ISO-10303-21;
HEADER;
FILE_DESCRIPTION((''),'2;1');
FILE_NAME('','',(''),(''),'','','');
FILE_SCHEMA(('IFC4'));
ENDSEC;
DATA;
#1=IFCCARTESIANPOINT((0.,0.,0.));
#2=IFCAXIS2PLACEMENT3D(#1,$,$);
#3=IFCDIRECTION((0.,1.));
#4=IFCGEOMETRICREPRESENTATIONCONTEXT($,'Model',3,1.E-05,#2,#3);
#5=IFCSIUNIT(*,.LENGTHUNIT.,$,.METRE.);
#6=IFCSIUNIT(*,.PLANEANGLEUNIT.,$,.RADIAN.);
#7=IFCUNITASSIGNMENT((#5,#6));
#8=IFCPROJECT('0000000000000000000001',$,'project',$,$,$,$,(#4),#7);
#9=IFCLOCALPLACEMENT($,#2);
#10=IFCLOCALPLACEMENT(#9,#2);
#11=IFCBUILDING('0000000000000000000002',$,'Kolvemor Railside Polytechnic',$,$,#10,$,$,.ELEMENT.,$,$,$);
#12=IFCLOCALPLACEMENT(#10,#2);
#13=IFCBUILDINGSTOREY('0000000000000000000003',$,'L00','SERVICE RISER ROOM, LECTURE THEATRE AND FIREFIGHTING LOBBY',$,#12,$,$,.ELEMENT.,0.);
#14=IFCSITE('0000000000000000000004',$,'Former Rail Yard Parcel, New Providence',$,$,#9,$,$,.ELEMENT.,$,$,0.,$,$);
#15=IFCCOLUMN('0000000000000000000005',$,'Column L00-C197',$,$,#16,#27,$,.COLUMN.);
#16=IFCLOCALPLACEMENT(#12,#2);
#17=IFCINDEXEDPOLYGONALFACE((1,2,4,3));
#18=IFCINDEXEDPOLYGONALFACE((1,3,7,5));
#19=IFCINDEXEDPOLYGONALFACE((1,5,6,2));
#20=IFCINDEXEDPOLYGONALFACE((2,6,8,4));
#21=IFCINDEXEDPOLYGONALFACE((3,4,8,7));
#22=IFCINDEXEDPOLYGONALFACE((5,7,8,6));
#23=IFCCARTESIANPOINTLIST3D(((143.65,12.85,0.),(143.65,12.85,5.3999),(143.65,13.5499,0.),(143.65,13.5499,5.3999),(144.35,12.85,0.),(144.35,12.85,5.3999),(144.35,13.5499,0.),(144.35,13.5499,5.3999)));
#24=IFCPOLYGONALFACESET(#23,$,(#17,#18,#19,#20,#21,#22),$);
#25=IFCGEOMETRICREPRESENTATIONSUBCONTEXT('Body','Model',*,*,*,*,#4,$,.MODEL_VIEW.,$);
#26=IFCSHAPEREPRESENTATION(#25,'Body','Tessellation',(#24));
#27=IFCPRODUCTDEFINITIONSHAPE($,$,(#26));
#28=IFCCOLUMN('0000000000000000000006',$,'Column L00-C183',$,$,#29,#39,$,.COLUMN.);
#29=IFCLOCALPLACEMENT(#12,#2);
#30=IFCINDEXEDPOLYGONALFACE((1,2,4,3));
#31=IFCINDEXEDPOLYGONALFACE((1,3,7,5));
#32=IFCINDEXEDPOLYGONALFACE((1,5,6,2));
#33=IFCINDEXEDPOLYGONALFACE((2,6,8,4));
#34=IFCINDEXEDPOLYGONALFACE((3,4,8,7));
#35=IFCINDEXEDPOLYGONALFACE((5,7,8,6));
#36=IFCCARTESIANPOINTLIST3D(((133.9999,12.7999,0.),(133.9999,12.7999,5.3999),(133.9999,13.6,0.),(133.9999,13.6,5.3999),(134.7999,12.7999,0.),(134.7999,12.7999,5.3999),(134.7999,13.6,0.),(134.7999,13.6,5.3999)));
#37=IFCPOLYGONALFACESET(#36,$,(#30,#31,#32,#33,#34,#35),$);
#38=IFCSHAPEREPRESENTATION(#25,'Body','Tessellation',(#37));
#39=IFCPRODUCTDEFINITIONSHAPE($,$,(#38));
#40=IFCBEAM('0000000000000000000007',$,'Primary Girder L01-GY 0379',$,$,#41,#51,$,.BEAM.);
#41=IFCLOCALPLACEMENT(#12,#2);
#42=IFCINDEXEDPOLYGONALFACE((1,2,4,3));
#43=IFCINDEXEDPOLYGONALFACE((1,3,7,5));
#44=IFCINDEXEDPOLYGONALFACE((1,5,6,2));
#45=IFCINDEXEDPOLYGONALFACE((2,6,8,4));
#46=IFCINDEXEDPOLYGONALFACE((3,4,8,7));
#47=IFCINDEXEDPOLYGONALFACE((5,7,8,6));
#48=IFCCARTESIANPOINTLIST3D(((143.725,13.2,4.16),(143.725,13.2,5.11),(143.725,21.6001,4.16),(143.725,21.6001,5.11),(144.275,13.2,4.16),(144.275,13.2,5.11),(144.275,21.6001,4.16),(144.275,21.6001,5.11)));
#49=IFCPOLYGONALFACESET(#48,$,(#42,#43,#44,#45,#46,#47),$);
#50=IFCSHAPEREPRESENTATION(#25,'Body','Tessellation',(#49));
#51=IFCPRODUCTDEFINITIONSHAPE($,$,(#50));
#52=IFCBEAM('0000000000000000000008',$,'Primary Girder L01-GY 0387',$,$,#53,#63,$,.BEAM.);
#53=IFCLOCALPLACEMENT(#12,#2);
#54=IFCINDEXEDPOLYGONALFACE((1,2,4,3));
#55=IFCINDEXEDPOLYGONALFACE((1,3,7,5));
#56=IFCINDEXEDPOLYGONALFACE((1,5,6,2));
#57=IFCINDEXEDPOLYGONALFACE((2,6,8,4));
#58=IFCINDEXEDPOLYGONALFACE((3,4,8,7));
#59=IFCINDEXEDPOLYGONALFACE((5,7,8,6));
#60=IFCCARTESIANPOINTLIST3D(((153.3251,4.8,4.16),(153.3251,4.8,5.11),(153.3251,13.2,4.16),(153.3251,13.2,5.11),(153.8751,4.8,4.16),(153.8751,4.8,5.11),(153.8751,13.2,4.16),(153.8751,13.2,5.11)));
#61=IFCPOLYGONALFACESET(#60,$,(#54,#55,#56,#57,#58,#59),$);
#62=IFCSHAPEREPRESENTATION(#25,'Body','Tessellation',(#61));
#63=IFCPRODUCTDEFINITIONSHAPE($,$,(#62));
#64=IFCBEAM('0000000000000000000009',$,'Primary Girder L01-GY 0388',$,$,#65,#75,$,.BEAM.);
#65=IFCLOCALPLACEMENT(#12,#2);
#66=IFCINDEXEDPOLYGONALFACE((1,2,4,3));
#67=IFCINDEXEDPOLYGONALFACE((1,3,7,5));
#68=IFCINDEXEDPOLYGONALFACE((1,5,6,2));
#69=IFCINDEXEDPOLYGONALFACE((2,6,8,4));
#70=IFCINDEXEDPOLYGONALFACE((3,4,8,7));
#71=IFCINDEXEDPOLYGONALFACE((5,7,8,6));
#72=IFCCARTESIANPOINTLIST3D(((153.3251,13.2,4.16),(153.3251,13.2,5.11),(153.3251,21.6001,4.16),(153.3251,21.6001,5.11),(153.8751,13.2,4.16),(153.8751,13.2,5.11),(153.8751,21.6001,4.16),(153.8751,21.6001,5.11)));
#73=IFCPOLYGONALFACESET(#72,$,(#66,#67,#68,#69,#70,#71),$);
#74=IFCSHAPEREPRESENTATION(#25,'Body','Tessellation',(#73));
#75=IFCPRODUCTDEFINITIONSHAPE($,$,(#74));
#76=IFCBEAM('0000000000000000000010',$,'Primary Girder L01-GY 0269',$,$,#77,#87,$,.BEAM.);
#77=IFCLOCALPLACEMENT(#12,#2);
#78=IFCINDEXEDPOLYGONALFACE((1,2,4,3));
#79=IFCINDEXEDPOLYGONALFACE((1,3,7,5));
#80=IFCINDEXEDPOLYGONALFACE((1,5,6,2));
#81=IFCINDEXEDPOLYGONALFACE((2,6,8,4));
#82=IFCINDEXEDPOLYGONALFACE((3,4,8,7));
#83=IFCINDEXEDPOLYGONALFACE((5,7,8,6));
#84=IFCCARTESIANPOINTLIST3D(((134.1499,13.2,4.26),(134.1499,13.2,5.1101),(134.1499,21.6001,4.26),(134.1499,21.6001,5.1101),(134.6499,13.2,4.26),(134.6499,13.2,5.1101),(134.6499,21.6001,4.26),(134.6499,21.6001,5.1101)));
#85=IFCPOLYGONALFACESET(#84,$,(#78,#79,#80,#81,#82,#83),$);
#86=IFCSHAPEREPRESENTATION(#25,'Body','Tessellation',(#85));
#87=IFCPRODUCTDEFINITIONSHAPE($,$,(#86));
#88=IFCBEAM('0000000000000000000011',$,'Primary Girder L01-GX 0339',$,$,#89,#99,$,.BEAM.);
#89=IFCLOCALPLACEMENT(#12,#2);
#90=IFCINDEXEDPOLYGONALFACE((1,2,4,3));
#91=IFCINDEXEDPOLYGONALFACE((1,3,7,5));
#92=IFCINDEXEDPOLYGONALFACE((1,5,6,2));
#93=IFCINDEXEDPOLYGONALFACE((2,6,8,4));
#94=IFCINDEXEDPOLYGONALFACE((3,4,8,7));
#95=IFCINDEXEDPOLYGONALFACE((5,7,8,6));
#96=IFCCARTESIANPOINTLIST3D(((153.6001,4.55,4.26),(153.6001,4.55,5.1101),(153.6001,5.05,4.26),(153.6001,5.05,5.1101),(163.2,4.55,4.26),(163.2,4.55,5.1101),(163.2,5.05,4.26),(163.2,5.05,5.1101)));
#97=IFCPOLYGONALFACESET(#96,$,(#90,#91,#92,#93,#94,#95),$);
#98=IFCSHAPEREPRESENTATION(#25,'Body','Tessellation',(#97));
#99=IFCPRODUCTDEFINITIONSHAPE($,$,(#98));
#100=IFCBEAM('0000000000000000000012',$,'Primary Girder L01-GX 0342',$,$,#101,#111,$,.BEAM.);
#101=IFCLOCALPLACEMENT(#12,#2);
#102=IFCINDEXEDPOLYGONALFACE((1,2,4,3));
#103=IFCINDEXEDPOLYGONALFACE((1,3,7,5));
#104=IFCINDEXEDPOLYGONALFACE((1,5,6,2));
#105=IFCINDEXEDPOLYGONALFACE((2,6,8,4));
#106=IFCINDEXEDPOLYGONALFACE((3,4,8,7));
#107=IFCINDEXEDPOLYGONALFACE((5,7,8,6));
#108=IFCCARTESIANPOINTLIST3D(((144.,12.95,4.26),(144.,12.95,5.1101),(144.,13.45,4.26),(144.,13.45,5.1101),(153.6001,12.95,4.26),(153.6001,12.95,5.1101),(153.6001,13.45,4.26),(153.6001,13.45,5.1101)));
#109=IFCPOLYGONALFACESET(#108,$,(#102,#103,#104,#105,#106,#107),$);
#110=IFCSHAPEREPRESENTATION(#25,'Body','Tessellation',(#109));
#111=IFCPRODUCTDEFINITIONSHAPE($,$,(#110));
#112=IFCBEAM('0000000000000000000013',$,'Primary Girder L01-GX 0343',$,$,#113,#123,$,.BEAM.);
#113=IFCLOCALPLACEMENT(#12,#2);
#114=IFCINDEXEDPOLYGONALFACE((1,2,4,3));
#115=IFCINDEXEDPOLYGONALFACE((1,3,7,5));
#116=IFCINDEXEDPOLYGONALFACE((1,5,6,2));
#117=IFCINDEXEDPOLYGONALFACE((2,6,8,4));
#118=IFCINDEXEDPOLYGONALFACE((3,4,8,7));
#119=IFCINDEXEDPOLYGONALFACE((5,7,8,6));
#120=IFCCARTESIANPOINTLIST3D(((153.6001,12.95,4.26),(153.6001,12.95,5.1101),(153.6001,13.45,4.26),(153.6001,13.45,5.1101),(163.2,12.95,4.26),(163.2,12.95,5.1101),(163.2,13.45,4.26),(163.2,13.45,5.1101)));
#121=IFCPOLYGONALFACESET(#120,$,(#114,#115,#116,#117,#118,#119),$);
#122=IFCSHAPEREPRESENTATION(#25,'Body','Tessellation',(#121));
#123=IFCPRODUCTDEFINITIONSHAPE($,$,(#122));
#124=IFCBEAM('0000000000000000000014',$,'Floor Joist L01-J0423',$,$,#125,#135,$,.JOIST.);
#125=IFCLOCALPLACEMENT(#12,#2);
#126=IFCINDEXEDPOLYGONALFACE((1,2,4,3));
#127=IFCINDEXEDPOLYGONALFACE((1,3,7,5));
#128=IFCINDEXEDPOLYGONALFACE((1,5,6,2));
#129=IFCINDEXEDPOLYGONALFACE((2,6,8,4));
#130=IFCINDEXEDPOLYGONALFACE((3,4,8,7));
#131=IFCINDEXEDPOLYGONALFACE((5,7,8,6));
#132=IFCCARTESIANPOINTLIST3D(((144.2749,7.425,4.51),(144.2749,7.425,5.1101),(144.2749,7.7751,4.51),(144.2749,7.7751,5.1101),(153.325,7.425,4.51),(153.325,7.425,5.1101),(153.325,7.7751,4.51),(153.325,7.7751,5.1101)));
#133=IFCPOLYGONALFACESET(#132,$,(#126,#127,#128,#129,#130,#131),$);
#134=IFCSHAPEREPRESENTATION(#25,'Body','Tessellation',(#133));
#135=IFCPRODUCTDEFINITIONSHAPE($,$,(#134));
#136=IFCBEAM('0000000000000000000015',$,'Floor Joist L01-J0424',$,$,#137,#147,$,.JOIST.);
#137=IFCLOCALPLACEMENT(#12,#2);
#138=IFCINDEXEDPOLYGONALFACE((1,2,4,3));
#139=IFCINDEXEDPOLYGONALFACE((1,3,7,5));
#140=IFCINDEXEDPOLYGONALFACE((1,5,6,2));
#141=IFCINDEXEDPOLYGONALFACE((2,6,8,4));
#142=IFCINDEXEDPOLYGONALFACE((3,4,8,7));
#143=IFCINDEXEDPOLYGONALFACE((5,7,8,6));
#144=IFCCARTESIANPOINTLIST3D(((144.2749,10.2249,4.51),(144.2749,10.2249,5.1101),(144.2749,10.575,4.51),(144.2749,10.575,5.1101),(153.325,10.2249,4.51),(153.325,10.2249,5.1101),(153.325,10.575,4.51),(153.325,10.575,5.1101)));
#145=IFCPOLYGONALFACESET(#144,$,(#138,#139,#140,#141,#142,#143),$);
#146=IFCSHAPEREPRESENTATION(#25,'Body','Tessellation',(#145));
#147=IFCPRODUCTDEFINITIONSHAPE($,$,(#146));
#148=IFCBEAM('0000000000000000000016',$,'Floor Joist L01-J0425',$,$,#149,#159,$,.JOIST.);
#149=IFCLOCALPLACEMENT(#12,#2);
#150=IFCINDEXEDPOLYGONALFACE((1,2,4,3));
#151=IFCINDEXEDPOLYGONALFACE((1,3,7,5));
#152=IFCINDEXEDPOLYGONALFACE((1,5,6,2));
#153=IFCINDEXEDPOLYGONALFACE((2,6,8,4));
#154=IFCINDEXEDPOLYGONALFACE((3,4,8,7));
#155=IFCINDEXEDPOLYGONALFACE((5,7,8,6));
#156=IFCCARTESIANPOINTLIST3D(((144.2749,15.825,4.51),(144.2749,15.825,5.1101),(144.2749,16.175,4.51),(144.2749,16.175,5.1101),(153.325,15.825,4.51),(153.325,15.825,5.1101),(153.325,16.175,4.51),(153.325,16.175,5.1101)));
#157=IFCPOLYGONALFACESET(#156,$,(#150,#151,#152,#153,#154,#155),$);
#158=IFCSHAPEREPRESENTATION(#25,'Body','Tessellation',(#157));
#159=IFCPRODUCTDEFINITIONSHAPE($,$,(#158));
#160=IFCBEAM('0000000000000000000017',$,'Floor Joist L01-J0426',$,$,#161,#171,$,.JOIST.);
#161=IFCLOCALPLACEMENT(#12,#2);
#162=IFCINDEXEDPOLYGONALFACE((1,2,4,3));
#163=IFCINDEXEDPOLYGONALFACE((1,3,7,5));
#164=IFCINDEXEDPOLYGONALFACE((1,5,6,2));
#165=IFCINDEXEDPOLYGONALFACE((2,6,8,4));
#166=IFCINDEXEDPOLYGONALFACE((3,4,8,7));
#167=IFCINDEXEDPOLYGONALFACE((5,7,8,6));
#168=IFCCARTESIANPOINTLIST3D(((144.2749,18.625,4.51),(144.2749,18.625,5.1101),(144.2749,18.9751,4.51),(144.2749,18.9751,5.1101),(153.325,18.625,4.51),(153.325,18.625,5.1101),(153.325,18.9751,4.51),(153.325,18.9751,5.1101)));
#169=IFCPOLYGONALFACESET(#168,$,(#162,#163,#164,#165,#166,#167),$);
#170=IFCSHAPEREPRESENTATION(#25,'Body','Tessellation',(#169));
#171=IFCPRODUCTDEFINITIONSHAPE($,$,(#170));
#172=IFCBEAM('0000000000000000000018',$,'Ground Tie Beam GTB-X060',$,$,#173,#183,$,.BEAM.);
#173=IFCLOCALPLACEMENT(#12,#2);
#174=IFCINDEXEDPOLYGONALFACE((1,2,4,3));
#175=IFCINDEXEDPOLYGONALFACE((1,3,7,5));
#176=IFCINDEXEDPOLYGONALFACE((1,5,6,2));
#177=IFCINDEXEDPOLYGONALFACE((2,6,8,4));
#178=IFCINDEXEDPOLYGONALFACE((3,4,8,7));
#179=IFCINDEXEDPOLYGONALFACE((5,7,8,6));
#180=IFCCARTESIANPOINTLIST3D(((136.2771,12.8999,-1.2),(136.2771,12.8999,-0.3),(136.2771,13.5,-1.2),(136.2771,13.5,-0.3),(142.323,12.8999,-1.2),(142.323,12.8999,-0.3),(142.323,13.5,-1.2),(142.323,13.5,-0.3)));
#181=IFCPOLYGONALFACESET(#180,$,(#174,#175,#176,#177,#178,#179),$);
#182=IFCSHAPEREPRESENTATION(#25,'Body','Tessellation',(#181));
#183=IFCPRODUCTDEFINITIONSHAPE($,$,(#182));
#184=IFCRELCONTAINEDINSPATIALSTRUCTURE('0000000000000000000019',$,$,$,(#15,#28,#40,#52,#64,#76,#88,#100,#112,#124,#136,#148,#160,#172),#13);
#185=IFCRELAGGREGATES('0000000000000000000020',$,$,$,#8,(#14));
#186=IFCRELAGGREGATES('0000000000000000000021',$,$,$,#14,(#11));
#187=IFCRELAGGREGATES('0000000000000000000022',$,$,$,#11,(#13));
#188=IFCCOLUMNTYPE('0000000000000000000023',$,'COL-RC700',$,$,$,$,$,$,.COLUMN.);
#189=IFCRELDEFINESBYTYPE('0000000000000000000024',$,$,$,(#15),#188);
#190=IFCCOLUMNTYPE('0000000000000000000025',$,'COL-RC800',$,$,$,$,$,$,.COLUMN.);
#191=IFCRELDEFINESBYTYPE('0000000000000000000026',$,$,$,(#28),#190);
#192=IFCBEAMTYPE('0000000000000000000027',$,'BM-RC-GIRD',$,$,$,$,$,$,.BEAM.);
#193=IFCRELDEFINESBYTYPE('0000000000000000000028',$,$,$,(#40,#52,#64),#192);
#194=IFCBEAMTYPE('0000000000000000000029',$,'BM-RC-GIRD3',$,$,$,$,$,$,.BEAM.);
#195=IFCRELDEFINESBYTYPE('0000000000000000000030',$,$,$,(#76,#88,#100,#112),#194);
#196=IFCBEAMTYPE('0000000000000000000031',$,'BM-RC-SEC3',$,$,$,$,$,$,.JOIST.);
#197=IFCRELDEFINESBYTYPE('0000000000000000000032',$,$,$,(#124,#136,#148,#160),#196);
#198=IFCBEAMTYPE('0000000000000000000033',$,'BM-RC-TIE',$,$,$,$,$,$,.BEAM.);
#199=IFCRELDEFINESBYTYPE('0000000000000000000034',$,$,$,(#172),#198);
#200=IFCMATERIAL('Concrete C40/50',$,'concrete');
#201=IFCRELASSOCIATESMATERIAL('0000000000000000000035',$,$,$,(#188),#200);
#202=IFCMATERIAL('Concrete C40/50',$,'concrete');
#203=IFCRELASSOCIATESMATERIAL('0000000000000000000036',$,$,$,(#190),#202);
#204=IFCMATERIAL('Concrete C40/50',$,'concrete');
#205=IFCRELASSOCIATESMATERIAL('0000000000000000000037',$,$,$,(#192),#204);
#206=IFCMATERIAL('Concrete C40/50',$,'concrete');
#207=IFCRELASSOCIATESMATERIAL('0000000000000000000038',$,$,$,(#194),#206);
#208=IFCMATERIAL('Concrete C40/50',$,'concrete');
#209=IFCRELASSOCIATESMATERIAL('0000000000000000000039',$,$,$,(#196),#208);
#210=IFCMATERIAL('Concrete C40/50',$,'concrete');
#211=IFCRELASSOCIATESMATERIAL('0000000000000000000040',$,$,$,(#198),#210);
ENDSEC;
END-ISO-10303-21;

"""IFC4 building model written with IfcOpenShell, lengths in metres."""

from ifc_helpers import new_model, si_unit, direction, frame, origin, origin_2d, place, context, subcontext, project, spatial, rectangle, extrude, material, material_profile, profile_set, type_object, element, save


model = new_model("IFC4")

# Units and contexts
model_context = context("Model", 3, precision=1e-05, world=origin(), true_north=direction((0.0, 1.0)))
body_context = subcontext(model_context, "Body", "Model", "MODEL_VIEW")
ifc_project = project(units=[si_unit("LENGTHUNIT", "METRE"), si_unit("PLANEANGLEUNIT", "RADIAN")], contexts=[model_context])

# Site, building, storey
site_placement = place(None, origin())
site = spatial("IfcSite", under=ifc_project, at=site_placement, Name="Former Rail Yard Parcel, New Providence", CompositionType="ELEMENT", RefElevation=0.0)
building_placement = place(site_placement, origin())
building = spatial("IfcBuilding", under=site, at=building_placement, Name="Kolvemor Railside Polytechnic", CompositionType="ELEMENT")
storey_placement = place(building_placement, origin())
storey = spatial("IfcBuildingStorey", under=building, at=storey_placement, Name="L00", Description="SERVICE RISER ROOM, LECTURE THEATRE AND FIREFIGHTING LOBBY", CompositionType="ELEMENT", Elevation=0.0)

# Columns
ifc_material_1 = material(Name="Concrete C40/50", Category="concrete")
ifc_material_profile_1 = material_profile(ifc_material_1, rectangle(XDim=0.7, YDim=0.7, at=origin_2d()), Name="RC700x700")
ifc_profile_set_1 = profile_set([ifc_material_profile_1], Name="Concrete C40/50")
column_type_1 = type_object("IfcColumnType", Name="COL-RC700", PredefinedType="COLUMN", material=ifc_profile_set_1)
column_1_placement = place(storey_placement, frame((144.0, 13.2, 0.0), z_axis=(0.0, 0.0, 1.0), x_axis=(1.0, 0.0, 0.0)))
element("IfcColumn", 1, at=column_1_placement, inside=storey, type_object=column_type_1, Name="Column L00-C197", PredefinedType="COLUMN", context=body_context, shape_type="SweptSolid", body=[
    extrude(rectangle(XDim=0.7, YDim=0.7, at=origin_2d()), origin(), (0.0, 0.0, 1.0), 5.3999),
])
ifc_material_2 = material(Name="Concrete C40/50", Category="concrete")
ifc_material_profile_2 = material_profile(ifc_material_2, rectangle(XDim=0.8, YDim=0.8, at=origin_2d()), Name="RC800x800")
ifc_profile_set_2 = profile_set([ifc_material_profile_2], Name="Concrete C40/50")
column_type_2 = type_object("IfcColumnType", Name="COL-RC800", PredefinedType="COLUMN", material=ifc_profile_set_2)
column_2_placement = place(storey_placement, frame((134.3999, 13.2, 0.0), z_axis=(0.0, 0.0, 1.0), x_axis=(1.0, 0.0, 0.0)))
element("IfcColumn", 2, at=column_2_placement, inside=storey, type_object=column_type_2, Name="Column L00-C183", PredefinedType="COLUMN", context=body_context, shape_type="SweptSolid", body=[
    extrude(rectangle(XDim=0.8, YDim=0.8, at=origin_2d()), origin(), (0.0, 0.0, 1.0), 5.3999),
])

# Beams
ifc_material_3 = material(Name="Concrete C40/50", Category="concrete")
ifc_material_profile_3 = material_profile(ifc_material_3, rectangle(XDim=0.55, YDim=0.95, at=origin_2d()), Name="RC550x950")
ifc_profile_set_3 = profile_set([ifc_material_profile_3], Name="Concrete C40/50")
beam_type_1 = type_object("IfcBeamType", Name="BM-RC-GIRD", PredefinedType="BEAM", material=ifc_profile_set_3)
beam_1_placement = place(storey_placement, frame((144.0, 13.2, 4.635), z_axis=(0.0, 1.0, 0.0), x_axis=(-1.0, 0.0, 0.0)))
element("IfcBeam", 3, at=beam_1_placement, inside=storey, type_object=beam_type_1, Name="Primary Girder L01-GY 0379", PredefinedType="BEAM", context=body_context, shape_type="SweptSolid", body=[
    extrude(rectangle(XDim=0.55, YDim=0.95, at=origin_2d()), origin(), (0.0, 0.0, 1.0), 8.4001),
])
beam_2_placement = place(storey_placement, frame((153.6001, 4.8, 4.635), z_axis=(0.0, 1.0, 0.0), x_axis=(-1.0, 0.0, 0.0)))
element("IfcBeam", 4, at=beam_2_placement, inside=storey, type_object=beam_type_1, Name="Primary Girder L01-GY 0387", PredefinedType="BEAM", context=body_context, shape_type="SweptSolid", body=[
    extrude(rectangle(XDim=0.55, YDim=0.95, at=origin_2d()), origin(), (0.0, 0.0, 1.0), 8.3999),
])
beam_3_placement = place(storey_placement, frame((153.6001, 13.2, 4.635), z_axis=(0.0, 1.0, 0.0), x_axis=(-1.0, 0.0, 0.0)))
element("IfcBeam", 5, at=beam_3_placement, inside=storey, type_object=beam_type_1, Name="Primary Girder L01-GY 0388", PredefinedType="BEAM", context=body_context, shape_type="SweptSolid", body=[
    extrude(rectangle(XDim=0.55, YDim=0.95, at=origin_2d()), origin(), (0.0, 0.0, 1.0), 8.4001),
])
ifc_material_4 = material(Name="Concrete C40/50", Category="concrete")
ifc_material_profile_4 = material_profile(ifc_material_4, rectangle(XDim=0.5, YDim=0.8501, at=origin_2d()), Name="RC500x850")
ifc_profile_set_4 = profile_set([ifc_material_profile_4], Name="Concrete C40/50")
beam_type_2 = type_object("IfcBeamType", Name="BM-RC-GIRD3", PredefinedType="BEAM", material=ifc_profile_set_4)
beam_4_placement = place(storey_placement, frame((134.3999, 13.2, 4.6851), z_axis=(0.0, 1.0, 0.0), x_axis=(-1.0, 0.0, 0.0)))
element("IfcBeam", 6, at=beam_4_placement, inside=storey, type_object=beam_type_2, Name="Primary Girder L01-GY 0269", PredefinedType="BEAM", context=body_context, shape_type="SweptSolid", body=[
    extrude(rectangle(XDim=0.5, YDim=0.8501, at=origin_2d()), origin(), (0.0, 0.0, 1.0), 8.4001),
])
beam_5_placement = place(storey_placement, frame((153.6001, 4.8, 4.6851), z_axis=(1.0, 0.0, 0.0), x_axis=(0.0, 1.0, 0.0)))
element("IfcBeam", 7, at=beam_5_placement, inside=storey, type_object=beam_type_2, Name="Primary Girder L01-GX 0339", PredefinedType="BEAM", context=body_context, shape_type="SweptSolid", body=[
    extrude(rectangle(XDim=0.5, YDim=0.8501, at=origin_2d()), origin(), (0.0, 0.0, 1.0), 9.5999),
])
beam_6_placement = place(storey_placement, frame((144.0, 13.2, 4.6851), z_axis=(1.0, 0.0, 0.0), x_axis=(0.0, 1.0, 0.0)))
element("IfcBeam", 8, at=beam_6_placement, inside=storey, type_object=beam_type_2, Name="Primary Girder L01-GX 0342", PredefinedType="BEAM", context=body_context, shape_type="SweptSolid", body=[
    extrude(rectangle(XDim=0.5, YDim=0.8501, at=origin_2d()), origin(), (0.0, 0.0, 1.0), 9.6001),
])
beam_7_placement = place(storey_placement, frame((153.6001, 13.2, 4.6851), z_axis=(1.0, 0.0, 0.0), x_axis=(0.0, 1.0, 0.0)))
element("IfcBeam", 9, at=beam_7_placement, inside=storey, type_object=beam_type_2, Name="Primary Girder L01-GX 0343", PredefinedType="BEAM", context=body_context, shape_type="SweptSolid", body=[
    extrude(rectangle(XDim=0.5, YDim=0.8501, at=origin_2d()), origin(), (0.0, 0.0, 1.0), 9.5999),
])
ifc_material_5 = material(Name="Concrete C40/50", Category="concrete")
ifc_material_profile_5 = material_profile(ifc_material_5, rectangle(XDim=0.3501, YDim=0.6001, at=origin_2d()), Name="RC350x600")
ifc_profile_set_5 = profile_set([ifc_material_profile_5], Name="Concrete C40/50")
beam_type_3 = type_object("IfcBeamType", Name="BM-RC-SEC3", PredefinedType="JOIST", material=ifc_profile_set_5)
for number, where, z_axis, x_axis, name in (
    (10, (144.2749, 7.6001, 4.8101), (1.0, 0.0, 0.0), (0.0, 1.0, 0.0), "Floor Joist L01-J0423"),
    (11, (144.2749, 10.3999, 4.8101), (1.0, 0.0, 0.0), (0.0, 1.0, 0.0), "Floor Joist L01-J0424"),
    (12, (144.2749, 16.0, 4.8101), (1.0, 0.0, 0.0), (0.0, 1.0, 0.0), "Floor Joist L01-J0425"),
    (13, (144.2749, 18.8, 4.8101), (1.0, 0.0, 0.0), (0.0, 1.0, 0.0), "Floor Joist L01-J0426"),
):
    element("IfcBeam", number, at=place(storey_placement, frame(where, z_axis=z_axis, x_axis=x_axis)), inside=storey, type_object=beam_type_3, Name=name, PredefinedType="JOIST", context=body_context, shape_type="SweptSolid", body=[
        extrude(rectangle(XDim=0.3501, YDim=0.6001, at=origin_2d()), origin(), (0.0, 0.0, 1.0), 9.05),
    ])
ifc_material_6 = material(Name="Concrete C40/50", Category="concrete")
ifc_material_profile_6 = material_profile(ifc_material_6, rectangle(XDim=0.6001, YDim=0.8999, at=origin_2d()), Name="RC600x900")
ifc_profile_set_6 = profile_set([ifc_material_profile_6], Name="Concrete C40/50")
beam_type_4 = type_object("IfcBeamType", Name="BM-RC-TIE", PredefinedType="BEAM", material=ifc_profile_set_6)
beam_8_placement = place(storey_placement, frame((136.2771, 13.2, -0.75), z_axis=(1.0, 0.0, 0.0), x_axis=(0.0, 1.0, 0.0)))
element("IfcBeam", 14, at=beam_8_placement, inside=storey, type_object=beam_type_4, Name="Ground Tie Beam GTB-X060", PredefinedType="BEAM", context=body_context, shape_type="SweptSolid", body=[
    extrude(rectangle(XDim=0.6001, YDim=0.8999, at=origin_2d()), origin(), (0.0, 0.0, 1.0), 6.0459),
])

save(model, "model.ifc")
